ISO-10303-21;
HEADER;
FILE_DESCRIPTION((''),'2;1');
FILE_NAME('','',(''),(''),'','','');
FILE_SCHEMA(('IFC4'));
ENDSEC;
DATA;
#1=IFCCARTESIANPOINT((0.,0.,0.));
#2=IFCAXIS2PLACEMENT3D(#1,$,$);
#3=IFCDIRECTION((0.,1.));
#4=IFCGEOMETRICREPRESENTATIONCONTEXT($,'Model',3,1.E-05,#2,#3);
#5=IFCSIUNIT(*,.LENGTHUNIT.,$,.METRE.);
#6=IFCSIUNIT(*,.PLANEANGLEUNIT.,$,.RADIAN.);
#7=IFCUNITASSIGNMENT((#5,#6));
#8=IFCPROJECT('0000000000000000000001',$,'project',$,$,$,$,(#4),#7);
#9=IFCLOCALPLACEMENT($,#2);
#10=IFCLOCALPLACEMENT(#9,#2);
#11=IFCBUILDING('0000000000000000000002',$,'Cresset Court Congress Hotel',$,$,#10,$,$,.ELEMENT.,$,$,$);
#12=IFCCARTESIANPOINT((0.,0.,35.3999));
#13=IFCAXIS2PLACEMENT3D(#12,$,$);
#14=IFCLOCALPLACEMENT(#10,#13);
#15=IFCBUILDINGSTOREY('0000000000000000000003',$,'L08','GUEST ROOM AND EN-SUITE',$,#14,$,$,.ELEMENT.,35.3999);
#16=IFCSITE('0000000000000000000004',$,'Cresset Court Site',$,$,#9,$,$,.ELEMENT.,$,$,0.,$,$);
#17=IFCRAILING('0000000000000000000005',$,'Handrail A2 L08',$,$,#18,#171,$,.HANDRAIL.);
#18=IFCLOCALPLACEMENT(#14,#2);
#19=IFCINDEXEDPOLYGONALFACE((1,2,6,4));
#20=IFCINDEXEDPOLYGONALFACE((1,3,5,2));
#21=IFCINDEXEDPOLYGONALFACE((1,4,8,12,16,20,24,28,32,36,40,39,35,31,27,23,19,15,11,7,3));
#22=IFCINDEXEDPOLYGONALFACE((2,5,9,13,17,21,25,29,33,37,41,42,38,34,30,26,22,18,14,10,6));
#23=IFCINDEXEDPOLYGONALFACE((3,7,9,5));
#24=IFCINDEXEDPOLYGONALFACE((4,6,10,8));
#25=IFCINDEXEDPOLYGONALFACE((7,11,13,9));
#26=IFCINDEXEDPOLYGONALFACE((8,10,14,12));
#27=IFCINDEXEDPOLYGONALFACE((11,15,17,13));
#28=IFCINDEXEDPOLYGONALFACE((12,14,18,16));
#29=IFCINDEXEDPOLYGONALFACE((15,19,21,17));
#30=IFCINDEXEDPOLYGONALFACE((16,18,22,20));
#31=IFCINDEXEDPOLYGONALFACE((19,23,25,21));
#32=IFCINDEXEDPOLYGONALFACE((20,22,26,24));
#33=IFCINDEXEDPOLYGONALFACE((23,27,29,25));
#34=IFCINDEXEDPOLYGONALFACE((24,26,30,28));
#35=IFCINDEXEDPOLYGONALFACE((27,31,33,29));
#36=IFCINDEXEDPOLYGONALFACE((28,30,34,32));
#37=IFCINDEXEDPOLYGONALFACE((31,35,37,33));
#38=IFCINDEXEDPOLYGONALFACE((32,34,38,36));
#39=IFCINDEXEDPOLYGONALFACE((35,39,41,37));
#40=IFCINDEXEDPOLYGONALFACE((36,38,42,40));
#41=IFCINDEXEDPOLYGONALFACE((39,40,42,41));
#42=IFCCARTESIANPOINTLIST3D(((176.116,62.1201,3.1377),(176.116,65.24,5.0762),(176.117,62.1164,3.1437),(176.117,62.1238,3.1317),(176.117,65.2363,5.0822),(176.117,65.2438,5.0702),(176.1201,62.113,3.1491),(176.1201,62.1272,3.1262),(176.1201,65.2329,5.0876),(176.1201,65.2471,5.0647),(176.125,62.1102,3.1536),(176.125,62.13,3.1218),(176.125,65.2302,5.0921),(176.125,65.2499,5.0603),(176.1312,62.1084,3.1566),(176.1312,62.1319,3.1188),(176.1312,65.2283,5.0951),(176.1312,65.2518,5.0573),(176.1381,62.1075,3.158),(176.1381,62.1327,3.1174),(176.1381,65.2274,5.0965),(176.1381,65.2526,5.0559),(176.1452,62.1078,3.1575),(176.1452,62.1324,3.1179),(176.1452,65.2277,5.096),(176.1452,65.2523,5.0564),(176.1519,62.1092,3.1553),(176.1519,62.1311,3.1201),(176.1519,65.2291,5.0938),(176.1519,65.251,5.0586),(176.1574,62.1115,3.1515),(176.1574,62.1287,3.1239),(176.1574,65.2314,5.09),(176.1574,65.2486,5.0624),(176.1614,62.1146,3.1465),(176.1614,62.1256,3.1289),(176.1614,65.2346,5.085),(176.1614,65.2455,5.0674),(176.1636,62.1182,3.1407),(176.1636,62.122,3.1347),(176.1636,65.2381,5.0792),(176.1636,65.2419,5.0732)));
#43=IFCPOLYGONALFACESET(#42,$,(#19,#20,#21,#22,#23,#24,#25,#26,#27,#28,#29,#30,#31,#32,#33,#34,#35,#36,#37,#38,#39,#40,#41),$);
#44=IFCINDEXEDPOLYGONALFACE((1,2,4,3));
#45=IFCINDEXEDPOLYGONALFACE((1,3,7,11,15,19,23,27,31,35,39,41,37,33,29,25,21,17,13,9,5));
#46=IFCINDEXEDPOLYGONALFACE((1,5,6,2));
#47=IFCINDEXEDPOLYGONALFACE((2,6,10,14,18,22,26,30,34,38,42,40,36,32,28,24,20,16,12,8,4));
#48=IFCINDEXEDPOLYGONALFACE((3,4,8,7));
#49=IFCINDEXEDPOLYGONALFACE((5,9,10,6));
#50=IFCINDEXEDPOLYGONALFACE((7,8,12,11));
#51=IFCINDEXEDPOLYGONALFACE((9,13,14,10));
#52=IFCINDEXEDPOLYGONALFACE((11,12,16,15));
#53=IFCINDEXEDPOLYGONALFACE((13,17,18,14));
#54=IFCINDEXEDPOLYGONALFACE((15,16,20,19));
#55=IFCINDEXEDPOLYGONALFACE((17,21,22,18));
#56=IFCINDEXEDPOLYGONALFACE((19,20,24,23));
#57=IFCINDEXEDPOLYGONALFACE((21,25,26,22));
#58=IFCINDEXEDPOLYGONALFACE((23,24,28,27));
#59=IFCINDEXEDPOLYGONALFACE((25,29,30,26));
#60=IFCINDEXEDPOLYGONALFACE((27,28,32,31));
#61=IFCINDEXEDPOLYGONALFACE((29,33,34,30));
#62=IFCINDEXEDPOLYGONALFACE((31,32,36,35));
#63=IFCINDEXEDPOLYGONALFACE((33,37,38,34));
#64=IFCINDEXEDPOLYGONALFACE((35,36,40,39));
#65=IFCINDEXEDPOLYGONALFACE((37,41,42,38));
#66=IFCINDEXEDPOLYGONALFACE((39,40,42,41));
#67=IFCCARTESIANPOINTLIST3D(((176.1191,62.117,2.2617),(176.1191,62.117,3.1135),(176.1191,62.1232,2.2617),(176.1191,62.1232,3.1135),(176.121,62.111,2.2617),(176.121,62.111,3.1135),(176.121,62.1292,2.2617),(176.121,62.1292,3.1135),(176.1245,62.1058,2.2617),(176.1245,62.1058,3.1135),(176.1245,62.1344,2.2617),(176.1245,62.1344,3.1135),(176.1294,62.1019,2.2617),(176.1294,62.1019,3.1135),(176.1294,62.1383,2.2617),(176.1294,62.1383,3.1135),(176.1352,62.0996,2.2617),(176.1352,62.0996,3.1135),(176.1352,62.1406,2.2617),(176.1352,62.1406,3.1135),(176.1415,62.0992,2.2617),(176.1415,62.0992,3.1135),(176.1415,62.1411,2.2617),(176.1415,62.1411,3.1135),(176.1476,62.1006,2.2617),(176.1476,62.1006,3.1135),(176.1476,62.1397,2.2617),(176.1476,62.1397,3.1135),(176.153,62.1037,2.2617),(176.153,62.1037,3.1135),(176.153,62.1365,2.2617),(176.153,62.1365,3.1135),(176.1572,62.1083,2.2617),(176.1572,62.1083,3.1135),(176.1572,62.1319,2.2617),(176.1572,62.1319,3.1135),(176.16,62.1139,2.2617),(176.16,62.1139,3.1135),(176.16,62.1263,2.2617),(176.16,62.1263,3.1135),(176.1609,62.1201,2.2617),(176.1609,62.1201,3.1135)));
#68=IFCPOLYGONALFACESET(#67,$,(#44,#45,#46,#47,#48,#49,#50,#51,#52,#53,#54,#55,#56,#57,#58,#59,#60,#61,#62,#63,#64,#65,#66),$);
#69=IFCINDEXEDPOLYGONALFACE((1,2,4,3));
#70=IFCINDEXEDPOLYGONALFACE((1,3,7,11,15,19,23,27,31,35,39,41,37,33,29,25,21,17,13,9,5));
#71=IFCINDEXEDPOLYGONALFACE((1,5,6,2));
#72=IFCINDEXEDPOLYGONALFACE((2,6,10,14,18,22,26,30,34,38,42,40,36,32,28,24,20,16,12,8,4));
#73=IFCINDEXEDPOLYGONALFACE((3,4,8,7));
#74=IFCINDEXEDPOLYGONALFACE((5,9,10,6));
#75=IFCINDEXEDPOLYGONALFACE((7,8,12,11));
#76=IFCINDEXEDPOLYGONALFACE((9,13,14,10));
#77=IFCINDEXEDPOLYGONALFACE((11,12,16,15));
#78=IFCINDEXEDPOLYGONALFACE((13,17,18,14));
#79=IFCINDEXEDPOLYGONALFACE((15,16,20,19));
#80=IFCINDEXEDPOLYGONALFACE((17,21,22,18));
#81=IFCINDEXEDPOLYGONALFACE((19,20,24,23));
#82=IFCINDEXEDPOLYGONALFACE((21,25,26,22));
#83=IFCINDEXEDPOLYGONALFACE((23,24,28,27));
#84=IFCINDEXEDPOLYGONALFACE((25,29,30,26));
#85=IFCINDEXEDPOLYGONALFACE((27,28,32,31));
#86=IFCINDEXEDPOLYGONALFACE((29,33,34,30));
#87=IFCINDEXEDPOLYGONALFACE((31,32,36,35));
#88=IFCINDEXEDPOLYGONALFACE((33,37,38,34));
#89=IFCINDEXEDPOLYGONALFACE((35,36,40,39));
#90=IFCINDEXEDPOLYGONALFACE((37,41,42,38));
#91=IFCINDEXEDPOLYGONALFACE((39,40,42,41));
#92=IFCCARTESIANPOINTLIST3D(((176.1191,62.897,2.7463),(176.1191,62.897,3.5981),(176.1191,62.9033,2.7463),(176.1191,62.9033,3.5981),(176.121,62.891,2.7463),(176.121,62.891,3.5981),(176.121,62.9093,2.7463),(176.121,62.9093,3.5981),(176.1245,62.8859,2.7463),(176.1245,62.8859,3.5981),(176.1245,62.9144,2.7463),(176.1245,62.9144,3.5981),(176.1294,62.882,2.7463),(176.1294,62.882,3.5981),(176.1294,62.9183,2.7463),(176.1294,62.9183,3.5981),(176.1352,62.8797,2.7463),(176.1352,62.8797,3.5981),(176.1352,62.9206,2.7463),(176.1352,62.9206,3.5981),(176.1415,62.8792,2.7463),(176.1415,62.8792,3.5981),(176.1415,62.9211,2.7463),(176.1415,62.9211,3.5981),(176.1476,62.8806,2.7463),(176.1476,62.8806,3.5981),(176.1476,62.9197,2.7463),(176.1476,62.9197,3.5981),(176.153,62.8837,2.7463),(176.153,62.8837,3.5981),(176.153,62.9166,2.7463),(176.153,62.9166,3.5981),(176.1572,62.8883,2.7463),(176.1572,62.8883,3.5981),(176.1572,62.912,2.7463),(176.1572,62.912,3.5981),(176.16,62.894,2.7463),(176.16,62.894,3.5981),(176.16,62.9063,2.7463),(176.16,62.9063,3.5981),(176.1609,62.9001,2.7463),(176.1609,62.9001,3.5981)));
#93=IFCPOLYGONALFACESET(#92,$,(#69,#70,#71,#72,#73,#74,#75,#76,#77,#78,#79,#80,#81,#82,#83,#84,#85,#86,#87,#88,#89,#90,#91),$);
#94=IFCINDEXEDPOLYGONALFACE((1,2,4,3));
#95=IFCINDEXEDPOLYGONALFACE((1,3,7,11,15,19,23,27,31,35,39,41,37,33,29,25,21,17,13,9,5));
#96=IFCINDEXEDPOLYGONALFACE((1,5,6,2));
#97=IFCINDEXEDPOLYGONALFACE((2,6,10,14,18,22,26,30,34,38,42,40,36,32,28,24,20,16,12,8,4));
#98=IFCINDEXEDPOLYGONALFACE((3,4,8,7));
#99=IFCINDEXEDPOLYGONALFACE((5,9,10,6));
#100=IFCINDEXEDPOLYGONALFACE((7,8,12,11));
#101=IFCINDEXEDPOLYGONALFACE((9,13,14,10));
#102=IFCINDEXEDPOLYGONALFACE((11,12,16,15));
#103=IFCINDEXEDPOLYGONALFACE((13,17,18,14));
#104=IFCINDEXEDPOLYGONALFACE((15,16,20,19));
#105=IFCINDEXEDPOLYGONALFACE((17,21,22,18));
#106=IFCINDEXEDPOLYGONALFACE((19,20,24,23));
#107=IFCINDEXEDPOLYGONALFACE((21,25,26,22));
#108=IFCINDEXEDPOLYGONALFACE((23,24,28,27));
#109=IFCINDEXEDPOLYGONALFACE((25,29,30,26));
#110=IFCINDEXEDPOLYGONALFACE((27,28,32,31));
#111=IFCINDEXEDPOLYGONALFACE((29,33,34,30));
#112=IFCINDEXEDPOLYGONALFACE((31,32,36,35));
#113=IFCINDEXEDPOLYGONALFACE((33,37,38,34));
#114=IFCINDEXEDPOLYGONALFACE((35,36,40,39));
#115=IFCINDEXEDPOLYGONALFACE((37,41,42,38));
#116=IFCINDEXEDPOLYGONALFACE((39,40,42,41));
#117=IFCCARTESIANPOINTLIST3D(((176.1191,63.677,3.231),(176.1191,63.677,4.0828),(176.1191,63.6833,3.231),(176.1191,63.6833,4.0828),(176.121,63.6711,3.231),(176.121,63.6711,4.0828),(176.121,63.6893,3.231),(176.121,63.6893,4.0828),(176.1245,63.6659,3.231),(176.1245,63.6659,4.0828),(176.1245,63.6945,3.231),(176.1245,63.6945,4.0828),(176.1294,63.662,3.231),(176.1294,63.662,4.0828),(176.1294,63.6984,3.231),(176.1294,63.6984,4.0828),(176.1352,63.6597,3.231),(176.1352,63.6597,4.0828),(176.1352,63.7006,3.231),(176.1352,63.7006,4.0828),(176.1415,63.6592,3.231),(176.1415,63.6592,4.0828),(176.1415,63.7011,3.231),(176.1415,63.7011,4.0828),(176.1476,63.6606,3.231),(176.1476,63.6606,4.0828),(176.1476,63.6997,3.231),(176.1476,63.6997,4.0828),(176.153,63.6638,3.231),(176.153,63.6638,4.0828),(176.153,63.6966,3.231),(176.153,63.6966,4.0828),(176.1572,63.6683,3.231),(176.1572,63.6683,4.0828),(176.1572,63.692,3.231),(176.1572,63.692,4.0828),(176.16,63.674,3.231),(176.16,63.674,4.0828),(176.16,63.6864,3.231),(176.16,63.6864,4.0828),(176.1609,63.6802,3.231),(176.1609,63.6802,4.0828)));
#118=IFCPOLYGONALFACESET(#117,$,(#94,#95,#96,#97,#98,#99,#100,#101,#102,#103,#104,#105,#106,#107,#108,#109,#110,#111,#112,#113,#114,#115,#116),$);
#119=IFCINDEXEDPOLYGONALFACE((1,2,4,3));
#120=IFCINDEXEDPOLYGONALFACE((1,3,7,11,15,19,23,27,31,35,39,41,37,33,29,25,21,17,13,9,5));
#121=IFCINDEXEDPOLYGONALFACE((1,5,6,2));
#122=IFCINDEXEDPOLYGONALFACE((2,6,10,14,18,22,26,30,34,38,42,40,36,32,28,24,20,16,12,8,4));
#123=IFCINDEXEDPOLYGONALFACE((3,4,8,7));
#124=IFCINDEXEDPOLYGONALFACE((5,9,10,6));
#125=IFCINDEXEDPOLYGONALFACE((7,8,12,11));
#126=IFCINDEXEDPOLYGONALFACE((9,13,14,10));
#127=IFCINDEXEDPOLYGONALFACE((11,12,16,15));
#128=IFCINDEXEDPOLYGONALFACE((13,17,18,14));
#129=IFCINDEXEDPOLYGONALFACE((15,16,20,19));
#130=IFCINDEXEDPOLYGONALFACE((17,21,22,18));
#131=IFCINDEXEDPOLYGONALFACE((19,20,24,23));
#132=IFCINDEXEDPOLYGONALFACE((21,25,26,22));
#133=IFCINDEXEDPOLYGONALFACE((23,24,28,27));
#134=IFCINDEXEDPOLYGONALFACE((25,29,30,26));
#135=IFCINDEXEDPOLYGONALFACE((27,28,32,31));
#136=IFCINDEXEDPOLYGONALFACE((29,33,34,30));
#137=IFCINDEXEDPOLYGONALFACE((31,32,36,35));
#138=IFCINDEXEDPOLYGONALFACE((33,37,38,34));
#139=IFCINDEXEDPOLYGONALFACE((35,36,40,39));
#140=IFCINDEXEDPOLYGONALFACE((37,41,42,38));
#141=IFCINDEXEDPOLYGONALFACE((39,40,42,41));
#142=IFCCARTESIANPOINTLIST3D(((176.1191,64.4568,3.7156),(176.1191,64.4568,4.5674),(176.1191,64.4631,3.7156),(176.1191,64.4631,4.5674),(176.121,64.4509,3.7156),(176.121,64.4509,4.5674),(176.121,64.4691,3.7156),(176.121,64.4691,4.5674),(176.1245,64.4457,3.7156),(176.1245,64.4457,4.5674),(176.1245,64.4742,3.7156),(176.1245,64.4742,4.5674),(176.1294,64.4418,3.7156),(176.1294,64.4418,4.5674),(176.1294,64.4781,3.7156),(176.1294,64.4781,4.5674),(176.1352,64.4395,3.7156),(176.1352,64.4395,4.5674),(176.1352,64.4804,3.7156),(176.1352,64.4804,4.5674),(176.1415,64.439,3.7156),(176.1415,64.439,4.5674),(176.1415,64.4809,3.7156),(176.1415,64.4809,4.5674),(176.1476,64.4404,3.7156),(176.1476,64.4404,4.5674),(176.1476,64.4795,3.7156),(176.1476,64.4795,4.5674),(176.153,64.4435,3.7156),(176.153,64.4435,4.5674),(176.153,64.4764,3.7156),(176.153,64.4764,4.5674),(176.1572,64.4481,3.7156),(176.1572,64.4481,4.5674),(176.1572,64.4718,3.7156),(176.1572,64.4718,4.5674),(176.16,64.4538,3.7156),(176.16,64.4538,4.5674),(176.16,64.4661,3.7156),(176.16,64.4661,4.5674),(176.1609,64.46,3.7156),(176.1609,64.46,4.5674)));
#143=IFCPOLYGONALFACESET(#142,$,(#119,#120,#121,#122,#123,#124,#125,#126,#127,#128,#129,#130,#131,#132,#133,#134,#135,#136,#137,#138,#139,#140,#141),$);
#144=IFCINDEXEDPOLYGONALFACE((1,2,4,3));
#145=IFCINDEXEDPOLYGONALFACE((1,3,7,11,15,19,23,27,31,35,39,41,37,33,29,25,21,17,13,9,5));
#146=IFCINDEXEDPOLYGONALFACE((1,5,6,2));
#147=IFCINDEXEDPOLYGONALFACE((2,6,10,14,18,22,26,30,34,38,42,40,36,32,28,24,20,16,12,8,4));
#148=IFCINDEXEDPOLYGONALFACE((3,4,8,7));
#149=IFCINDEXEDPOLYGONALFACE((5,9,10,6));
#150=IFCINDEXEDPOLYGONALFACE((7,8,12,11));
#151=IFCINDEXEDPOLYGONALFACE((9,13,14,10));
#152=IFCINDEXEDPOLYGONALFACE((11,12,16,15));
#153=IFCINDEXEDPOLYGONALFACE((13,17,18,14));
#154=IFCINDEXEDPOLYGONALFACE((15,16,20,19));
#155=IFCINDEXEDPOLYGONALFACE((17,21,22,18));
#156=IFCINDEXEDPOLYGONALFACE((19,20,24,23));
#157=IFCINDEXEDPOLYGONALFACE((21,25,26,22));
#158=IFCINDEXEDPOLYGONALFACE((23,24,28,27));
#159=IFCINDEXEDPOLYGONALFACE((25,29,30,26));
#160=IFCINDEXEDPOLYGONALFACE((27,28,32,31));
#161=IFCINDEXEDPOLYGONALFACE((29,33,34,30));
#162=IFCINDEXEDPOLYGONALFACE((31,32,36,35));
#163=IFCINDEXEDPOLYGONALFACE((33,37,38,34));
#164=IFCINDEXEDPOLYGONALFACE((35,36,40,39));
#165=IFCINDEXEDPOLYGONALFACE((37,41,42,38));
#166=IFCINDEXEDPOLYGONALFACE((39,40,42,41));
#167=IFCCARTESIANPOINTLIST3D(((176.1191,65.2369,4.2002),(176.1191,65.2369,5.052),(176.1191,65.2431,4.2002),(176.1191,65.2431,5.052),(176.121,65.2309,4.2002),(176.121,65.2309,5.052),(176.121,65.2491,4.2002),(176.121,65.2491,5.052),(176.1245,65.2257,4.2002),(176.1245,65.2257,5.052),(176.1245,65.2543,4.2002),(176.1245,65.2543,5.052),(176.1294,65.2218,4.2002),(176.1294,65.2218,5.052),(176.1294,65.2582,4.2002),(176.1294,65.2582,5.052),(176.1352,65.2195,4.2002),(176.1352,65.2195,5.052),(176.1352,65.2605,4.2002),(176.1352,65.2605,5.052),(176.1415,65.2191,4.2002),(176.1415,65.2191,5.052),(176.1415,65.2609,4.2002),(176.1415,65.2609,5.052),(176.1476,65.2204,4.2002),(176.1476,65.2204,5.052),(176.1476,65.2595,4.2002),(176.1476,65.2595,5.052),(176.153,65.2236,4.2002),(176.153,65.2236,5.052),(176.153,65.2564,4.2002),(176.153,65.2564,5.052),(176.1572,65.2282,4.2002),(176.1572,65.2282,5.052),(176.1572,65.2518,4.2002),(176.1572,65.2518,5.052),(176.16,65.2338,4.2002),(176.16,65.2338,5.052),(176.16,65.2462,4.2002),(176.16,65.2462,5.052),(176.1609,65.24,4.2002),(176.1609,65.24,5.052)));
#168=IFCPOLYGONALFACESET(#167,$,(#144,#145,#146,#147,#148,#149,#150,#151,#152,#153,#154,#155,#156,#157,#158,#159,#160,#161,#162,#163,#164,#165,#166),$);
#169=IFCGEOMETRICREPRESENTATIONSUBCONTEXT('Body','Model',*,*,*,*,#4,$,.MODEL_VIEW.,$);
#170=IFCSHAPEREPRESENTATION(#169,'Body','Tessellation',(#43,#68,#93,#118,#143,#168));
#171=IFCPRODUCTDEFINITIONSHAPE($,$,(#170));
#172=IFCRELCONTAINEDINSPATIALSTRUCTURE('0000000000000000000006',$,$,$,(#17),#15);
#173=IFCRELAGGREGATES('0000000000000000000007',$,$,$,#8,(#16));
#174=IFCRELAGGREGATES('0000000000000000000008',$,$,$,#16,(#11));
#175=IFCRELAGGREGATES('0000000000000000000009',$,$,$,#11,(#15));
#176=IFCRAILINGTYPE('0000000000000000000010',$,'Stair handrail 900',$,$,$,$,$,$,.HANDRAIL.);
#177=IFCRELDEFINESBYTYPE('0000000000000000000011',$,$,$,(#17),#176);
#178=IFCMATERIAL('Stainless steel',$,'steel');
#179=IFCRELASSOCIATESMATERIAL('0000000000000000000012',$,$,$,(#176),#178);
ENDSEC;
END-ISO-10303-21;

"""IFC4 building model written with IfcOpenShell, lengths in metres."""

from ifc_helpers import new_model, si_unit, direction, frame, origin, origin_2d, place, context, subcontext, project, spatial, circle, extrude, material, type_object, element, save


model = new_model("IFC4")

# Units and contexts
model_context = context("Model", 3, precision=1e-05, world=origin(), true_north=direction((0.0, 1.0)))
body_context = subcontext(model_context, "Body", "Model", "MODEL_VIEW")
ifc_project = project(units=[si_unit("LENGTHUNIT", "METRE"), si_unit("PLANEANGLEUNIT", "RADIAN")], contexts=[model_context])

# Site, building, storey
site_placement = place(None, origin())
site = spatial("IfcSite", under=ifc_project, at=site_placement, Name="Cresset Court Site", CompositionType="ELEMENT", RefElevation=0.0)
building_placement = place(site_placement, origin())
building = spatial("IfcBuilding", under=site, at=building_placement, Name="Cresset Court Congress Hotel", CompositionType="ELEMENT")
storey_placement = place(building_placement, frame((0.0, 0.0, 35.3999)))
storey = spatial("IfcBuildingStorey", under=building, at=storey_placement, Name="L08", Description="GUEST ROOM AND EN-SUITE", CompositionType="ELEMENT", Elevation=35.3999)

# Railing
ifc_material_1 = material(Name="Stainless steel", Category="steel")
railing_type_1 = type_object("IfcRailingType", Name="Stair handrail 900", PredefinedType="HANDRAIL", material=ifc_material_1)
for number, where, name in (
    (1, (176.1399, 62.1201, 2.2617), "Handrail A2 L08"),
):
    element("IfcRailing", number, at=place(storey_placement, frame(where)), inside=storey, type_object=railing_type_1, Name=name, PredefinedType="HANDRAIL", context=body_context, shape_type="SweptSolid", body=[
        extrude(circle(Radius=0.0239, at=origin_2d()), frame((0.0, 0.0, 0.876), z_axis=(0.0, 0.849396, 0.527757), x_axis=(-1.0, 0.0, 0.0)), (0.0, 0.0, 1.0), 3.6731),
        extrude(circle(Radius=0.021, at=origin_2d()), origin(), (0.0, 0.0, 1.0), 0.8518),
        extrude(circle(Radius=0.021, at=origin_2d()), frame((0.0, 0.78, 0.4846)), (0.0, 0.0, 1.0), 0.8518),
        extrude(circle(Radius=0.021, at=origin_2d()), frame((0.0, 1.5601, 0.9692)), (0.0, 0.0, 1.0), 0.8518),
        extrude(circle(Radius=0.021, at=origin_2d()), frame((0.0, 2.3398, 1.4539)), (0.0, 0.0, 1.0), 0.8518),
        extrude(circle(Radius=0.021, at=origin_2d()), frame((0.0, 3.1199, 1.9385)), (0.0, 0.0, 1.0), 0.8518),
    ])

save(model, "model.ifc")
